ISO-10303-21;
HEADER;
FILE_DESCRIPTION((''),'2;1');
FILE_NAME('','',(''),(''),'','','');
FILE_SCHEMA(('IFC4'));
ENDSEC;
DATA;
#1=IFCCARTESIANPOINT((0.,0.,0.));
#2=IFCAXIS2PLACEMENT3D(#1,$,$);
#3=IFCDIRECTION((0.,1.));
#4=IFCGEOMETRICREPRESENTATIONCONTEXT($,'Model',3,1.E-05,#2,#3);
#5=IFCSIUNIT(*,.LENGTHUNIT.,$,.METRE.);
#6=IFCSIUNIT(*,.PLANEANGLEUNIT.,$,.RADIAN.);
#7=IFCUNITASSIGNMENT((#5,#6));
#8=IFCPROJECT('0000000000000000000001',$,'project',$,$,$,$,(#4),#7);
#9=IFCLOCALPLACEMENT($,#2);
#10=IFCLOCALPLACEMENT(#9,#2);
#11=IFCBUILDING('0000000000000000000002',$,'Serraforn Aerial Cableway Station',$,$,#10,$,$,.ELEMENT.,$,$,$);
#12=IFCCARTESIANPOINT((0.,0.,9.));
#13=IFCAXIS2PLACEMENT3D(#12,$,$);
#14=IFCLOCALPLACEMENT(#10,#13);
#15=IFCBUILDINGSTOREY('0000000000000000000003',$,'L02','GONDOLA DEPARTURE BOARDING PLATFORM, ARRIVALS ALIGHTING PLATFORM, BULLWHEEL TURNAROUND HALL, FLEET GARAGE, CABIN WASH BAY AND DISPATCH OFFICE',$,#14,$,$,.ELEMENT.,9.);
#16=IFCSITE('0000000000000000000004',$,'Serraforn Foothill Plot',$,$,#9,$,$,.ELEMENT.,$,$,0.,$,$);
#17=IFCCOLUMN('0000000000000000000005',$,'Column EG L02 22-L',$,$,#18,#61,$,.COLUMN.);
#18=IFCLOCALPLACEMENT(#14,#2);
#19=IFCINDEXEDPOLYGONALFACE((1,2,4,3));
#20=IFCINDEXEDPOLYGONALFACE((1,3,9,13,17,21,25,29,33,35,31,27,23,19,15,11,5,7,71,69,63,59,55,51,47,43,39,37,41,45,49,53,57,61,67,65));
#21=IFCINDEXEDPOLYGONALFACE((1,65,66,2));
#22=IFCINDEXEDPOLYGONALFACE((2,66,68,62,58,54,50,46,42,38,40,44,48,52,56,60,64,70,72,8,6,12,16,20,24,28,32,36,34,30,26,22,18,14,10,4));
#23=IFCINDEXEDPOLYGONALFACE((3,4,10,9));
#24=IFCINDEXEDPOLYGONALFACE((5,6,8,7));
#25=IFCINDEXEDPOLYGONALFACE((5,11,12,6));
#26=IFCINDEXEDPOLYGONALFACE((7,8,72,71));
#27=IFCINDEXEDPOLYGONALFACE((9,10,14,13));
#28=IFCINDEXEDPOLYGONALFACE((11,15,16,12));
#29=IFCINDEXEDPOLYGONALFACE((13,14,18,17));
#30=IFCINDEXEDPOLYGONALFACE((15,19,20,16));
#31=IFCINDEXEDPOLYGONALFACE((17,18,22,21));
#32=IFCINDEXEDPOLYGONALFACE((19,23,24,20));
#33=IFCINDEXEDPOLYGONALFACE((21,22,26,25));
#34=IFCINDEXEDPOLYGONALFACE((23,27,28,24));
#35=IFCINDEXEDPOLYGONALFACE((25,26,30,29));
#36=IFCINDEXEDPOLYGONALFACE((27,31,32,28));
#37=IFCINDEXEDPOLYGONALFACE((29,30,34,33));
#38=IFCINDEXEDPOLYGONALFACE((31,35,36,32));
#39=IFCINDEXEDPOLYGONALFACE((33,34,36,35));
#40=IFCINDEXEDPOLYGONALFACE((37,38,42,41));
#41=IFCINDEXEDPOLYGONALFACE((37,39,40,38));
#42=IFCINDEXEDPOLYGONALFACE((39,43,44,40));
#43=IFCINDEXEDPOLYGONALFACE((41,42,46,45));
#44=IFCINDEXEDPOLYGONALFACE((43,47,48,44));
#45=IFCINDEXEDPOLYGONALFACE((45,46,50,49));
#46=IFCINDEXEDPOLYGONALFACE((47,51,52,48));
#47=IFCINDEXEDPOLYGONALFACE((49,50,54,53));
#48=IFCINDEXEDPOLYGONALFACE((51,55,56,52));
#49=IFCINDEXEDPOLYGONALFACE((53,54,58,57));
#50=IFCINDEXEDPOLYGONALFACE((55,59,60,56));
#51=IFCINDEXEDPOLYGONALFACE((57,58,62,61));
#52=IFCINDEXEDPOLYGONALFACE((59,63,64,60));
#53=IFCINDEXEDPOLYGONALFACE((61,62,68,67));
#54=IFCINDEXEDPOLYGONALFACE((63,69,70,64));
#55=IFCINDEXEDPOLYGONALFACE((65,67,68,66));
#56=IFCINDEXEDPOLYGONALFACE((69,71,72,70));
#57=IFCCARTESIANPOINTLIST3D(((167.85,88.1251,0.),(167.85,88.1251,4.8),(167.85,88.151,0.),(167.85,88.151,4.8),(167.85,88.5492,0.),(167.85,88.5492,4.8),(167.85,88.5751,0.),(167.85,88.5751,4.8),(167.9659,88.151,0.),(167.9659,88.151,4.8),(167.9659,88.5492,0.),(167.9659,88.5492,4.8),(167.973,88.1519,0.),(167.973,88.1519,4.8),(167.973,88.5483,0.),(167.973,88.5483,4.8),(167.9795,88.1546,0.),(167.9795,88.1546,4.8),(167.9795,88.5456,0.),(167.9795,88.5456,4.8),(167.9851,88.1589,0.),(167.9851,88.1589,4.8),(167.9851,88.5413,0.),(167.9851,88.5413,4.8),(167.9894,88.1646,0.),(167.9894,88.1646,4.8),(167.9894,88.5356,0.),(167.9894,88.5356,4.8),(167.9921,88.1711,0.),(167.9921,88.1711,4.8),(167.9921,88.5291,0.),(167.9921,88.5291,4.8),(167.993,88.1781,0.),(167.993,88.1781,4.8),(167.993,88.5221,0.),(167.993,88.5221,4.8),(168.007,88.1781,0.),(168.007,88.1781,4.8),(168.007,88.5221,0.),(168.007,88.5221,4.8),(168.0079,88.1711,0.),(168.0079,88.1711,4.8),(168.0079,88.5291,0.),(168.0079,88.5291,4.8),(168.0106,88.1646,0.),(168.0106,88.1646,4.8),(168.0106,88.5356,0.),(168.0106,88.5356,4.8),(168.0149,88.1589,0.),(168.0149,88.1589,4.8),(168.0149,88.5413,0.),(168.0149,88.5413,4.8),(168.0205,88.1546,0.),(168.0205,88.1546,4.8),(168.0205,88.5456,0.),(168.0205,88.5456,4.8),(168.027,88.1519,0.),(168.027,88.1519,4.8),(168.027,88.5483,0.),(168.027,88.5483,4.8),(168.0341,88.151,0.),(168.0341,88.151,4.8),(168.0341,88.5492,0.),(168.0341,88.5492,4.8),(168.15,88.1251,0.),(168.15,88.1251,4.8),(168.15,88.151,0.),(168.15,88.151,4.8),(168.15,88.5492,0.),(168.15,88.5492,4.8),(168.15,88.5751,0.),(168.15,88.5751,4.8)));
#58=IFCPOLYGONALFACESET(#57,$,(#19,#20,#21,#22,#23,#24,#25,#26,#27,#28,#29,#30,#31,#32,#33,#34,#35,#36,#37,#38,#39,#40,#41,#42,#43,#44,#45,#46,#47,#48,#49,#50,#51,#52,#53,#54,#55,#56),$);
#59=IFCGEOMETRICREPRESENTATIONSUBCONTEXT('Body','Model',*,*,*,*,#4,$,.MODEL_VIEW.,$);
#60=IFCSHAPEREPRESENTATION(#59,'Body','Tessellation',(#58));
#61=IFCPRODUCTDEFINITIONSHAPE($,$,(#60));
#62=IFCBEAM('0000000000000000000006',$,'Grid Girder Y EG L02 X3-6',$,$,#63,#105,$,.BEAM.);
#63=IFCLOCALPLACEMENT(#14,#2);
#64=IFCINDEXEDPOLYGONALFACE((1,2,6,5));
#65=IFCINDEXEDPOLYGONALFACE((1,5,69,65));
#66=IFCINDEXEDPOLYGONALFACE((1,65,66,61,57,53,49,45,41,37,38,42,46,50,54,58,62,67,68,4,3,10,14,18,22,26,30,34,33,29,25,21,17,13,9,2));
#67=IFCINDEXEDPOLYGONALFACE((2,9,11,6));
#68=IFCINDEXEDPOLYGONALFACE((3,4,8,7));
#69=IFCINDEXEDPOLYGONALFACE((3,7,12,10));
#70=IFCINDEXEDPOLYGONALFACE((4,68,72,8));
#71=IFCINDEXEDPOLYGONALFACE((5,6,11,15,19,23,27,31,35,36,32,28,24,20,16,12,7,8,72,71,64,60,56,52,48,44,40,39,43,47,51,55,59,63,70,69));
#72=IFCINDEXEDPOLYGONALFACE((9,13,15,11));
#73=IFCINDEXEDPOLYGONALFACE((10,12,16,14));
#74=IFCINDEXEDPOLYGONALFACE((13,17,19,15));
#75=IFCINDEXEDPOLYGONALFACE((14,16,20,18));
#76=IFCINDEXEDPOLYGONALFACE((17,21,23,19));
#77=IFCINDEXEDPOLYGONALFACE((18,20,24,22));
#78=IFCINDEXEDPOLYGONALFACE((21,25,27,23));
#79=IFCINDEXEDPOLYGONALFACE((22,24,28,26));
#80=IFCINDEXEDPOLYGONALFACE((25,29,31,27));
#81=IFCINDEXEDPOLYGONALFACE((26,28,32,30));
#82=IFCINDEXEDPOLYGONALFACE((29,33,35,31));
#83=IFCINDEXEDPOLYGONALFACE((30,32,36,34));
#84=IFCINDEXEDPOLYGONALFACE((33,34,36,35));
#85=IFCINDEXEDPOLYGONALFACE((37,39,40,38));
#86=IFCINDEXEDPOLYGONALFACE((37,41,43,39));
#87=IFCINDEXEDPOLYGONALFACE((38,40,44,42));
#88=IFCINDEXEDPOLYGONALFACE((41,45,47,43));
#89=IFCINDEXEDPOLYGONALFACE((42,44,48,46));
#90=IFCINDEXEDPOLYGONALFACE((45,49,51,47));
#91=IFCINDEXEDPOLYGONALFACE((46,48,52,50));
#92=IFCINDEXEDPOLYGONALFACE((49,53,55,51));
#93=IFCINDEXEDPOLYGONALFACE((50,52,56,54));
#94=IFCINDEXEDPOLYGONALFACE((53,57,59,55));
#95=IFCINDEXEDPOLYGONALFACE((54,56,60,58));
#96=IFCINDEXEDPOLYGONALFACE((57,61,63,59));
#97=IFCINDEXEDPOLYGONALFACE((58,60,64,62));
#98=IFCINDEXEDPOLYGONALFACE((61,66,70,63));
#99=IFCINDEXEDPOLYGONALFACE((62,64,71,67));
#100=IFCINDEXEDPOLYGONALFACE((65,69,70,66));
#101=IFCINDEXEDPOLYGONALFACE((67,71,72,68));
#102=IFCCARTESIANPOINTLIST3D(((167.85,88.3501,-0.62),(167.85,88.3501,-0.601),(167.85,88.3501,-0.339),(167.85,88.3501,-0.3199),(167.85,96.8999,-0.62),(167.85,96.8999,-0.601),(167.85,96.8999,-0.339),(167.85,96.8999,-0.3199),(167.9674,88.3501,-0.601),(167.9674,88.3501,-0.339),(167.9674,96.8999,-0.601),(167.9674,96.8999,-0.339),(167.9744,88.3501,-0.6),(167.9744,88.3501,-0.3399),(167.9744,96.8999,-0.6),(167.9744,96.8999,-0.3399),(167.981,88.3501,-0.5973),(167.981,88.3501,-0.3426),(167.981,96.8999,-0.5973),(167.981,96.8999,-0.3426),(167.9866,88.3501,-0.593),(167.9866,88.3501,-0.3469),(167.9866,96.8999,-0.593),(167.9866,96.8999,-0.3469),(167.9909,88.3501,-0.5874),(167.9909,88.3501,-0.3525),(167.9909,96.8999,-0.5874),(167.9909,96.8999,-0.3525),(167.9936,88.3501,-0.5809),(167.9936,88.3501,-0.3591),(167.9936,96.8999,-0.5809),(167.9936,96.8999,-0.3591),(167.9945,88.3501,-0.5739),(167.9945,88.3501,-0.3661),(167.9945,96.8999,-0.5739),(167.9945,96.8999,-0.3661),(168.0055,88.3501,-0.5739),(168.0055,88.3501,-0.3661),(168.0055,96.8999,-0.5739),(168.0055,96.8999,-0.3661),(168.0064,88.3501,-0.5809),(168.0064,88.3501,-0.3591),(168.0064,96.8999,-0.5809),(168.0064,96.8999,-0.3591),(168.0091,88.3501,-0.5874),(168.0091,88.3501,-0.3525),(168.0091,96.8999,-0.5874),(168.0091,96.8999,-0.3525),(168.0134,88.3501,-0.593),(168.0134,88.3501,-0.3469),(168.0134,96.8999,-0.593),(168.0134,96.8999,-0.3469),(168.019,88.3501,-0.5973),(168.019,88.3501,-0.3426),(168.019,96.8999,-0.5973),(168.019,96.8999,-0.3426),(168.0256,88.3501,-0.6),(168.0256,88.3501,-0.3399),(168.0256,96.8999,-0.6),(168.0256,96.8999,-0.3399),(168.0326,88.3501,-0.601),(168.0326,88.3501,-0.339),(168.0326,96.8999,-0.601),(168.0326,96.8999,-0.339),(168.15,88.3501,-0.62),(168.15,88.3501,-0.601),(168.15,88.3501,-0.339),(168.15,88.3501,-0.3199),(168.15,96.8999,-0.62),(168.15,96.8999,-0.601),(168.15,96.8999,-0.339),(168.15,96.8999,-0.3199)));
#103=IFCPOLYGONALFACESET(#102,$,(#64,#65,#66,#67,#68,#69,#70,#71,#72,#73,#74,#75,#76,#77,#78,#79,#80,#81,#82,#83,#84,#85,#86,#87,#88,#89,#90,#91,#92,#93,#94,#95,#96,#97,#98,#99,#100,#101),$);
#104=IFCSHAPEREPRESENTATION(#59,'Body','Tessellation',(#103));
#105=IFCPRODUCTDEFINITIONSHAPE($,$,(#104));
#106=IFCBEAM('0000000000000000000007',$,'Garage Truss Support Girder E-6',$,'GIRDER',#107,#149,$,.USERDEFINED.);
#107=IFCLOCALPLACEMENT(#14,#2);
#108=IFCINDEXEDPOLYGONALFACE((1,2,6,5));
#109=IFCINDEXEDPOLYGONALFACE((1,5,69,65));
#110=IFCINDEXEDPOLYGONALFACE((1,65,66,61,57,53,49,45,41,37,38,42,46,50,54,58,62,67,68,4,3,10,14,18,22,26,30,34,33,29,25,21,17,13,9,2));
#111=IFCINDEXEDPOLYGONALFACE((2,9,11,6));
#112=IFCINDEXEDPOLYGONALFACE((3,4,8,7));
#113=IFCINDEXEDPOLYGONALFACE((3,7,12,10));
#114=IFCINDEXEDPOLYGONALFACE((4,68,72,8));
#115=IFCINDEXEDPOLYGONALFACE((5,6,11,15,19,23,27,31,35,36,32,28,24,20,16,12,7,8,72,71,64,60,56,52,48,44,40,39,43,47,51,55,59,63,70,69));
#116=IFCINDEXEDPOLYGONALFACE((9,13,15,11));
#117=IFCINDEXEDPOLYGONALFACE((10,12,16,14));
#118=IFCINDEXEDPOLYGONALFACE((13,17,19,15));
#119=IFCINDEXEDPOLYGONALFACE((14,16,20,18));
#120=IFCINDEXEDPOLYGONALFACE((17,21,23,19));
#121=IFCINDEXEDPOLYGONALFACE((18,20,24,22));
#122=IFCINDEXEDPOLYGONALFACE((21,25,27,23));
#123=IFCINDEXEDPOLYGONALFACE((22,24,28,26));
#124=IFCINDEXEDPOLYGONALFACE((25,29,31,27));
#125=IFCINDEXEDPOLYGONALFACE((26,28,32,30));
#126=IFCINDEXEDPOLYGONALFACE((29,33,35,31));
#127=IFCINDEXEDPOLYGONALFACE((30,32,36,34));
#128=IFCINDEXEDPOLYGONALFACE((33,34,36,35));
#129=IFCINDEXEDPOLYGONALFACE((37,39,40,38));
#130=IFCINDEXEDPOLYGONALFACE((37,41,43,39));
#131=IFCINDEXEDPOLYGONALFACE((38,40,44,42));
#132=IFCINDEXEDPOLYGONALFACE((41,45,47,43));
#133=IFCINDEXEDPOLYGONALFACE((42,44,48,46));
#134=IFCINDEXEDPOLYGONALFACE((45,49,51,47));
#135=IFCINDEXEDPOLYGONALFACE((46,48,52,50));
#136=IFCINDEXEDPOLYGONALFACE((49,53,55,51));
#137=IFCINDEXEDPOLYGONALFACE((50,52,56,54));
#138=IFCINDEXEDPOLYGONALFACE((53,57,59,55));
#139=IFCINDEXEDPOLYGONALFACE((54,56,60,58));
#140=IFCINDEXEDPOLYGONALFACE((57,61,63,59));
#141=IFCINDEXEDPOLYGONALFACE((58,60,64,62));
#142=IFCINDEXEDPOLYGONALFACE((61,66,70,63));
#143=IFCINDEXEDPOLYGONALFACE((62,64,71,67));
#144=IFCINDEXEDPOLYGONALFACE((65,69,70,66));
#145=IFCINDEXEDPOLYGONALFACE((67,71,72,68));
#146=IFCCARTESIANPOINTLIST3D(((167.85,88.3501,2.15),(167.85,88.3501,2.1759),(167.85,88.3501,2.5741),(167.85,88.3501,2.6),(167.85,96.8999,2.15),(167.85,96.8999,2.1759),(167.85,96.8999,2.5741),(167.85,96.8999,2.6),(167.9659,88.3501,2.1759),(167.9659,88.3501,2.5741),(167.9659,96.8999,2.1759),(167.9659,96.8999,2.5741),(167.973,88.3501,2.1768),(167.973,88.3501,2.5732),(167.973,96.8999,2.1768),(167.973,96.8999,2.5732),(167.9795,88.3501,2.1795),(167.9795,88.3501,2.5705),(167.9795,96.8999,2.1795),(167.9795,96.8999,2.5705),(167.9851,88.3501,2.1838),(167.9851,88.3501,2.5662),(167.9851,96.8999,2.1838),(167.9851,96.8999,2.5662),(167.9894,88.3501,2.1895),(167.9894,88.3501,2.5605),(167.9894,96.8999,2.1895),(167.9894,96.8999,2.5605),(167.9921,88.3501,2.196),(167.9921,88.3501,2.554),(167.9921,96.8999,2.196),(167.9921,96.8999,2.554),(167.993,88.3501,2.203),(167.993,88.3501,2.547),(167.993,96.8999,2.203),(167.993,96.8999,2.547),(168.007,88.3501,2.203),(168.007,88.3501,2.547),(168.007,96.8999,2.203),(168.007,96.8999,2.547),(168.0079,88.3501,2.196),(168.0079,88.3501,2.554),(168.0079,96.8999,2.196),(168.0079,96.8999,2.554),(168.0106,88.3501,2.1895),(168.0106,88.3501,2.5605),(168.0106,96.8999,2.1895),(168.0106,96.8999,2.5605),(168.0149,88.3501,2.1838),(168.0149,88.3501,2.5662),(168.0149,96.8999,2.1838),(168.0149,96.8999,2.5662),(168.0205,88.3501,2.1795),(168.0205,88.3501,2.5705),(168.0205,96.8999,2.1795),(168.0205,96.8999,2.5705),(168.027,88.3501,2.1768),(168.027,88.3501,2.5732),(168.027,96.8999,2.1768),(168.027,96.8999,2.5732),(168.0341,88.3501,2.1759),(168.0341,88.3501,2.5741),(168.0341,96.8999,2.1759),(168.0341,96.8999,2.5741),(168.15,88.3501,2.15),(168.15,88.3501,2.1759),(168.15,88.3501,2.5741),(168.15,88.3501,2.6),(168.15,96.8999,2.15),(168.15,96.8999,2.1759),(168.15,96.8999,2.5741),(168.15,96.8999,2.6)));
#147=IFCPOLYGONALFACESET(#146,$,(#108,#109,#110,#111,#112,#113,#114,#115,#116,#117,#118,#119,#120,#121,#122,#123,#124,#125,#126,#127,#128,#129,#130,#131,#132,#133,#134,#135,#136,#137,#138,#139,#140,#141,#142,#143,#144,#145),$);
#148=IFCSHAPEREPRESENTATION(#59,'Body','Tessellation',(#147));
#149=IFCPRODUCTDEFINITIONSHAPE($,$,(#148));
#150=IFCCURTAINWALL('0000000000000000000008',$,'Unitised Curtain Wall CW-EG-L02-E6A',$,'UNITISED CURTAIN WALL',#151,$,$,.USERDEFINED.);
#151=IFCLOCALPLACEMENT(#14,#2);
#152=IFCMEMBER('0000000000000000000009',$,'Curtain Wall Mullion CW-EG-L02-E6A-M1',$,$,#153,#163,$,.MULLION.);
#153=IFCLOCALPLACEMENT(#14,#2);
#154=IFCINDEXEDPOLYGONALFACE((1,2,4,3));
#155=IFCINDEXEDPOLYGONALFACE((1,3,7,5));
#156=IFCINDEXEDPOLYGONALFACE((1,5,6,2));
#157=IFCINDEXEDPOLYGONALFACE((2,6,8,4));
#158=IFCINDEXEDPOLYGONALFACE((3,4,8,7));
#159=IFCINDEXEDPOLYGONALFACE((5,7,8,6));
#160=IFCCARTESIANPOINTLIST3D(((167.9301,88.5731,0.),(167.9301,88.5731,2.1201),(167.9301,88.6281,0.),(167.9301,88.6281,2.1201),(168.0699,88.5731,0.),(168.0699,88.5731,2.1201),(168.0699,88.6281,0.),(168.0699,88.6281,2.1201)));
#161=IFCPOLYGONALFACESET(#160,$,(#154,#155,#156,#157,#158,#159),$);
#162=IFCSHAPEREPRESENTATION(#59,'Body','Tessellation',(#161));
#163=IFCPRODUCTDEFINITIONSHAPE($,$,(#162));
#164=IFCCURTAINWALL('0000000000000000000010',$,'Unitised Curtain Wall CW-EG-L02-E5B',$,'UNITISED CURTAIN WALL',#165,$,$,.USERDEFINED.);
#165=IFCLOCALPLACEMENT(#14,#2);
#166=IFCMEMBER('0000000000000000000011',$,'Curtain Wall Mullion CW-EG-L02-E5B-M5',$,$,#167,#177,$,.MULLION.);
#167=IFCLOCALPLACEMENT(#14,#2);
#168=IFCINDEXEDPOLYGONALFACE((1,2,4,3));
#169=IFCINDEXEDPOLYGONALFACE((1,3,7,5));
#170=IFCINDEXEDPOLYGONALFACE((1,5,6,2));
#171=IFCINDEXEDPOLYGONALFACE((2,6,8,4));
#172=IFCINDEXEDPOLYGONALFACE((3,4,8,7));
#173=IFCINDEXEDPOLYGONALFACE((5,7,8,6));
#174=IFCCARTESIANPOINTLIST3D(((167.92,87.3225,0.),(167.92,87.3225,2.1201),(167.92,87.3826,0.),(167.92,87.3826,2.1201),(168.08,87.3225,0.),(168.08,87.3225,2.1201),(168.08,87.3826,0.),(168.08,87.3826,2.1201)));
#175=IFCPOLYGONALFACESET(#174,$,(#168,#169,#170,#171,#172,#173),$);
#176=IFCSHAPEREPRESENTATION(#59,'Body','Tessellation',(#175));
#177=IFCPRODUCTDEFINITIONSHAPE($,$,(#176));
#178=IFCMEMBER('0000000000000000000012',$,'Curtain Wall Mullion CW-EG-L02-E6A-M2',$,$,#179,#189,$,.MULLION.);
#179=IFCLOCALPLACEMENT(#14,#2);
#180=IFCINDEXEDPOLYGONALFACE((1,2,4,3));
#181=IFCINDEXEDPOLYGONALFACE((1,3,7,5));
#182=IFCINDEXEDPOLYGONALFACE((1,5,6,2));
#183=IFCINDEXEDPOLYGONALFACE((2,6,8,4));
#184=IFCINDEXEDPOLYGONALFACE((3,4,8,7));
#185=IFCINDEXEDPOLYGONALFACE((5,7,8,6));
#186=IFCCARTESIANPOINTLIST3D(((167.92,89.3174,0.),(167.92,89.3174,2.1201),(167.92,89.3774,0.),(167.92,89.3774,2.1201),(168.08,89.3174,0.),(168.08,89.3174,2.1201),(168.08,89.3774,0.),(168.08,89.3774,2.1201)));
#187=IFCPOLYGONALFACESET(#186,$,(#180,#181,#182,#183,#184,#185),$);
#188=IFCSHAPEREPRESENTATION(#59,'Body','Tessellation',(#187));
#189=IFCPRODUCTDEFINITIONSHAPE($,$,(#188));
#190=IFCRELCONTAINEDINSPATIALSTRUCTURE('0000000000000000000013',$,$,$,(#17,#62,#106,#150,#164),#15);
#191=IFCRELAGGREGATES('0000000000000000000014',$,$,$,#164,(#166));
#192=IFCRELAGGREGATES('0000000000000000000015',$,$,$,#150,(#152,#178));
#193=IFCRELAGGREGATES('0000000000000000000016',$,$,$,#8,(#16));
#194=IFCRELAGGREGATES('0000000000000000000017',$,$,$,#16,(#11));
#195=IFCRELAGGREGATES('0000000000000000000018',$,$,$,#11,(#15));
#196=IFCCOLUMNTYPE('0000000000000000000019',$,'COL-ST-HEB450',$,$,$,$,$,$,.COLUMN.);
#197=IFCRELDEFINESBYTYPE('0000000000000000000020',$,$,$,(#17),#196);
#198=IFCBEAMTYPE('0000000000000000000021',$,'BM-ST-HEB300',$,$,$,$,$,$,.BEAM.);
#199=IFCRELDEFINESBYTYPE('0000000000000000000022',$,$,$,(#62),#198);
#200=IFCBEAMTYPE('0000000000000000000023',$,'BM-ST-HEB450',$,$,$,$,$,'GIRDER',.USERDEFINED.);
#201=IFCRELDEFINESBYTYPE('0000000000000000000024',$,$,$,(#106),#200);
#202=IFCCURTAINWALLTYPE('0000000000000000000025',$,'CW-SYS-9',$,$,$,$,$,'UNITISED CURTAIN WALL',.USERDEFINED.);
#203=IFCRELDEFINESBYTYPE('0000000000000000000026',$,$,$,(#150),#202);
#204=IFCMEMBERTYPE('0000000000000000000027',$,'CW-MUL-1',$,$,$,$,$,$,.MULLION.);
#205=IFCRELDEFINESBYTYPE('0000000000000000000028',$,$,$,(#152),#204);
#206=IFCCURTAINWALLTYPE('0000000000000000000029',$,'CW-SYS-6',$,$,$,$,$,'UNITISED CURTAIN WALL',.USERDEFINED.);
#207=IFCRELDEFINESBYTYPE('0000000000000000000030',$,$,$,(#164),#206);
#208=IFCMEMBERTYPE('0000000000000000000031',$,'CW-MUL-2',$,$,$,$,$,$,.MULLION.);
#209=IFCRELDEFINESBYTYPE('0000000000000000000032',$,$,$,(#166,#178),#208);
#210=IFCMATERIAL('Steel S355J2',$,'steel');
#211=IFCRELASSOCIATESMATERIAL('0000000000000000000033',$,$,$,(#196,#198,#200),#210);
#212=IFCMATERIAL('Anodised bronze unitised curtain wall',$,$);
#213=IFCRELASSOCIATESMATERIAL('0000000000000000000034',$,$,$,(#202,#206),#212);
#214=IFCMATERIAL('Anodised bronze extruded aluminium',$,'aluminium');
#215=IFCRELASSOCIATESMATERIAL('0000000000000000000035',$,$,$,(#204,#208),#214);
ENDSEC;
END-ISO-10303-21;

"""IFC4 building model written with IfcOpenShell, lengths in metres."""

from ifc_helpers import new_model, si_unit, direction, frame, origin, origin_2d, place, context, subcontext, project, spatial, rectangle, i_section, extrude, material, material_profile, profile_set, type_object, element, aggregate, save


model = new_model("IFC4")

# Units and contexts
model_context = context("Model", 3, precision=1e-05, world=origin(), true_north=direction((0.0, 1.0)))
body_context = subcontext(model_context, "Body", "Model", "MODEL_VIEW")
ifc_project = project(units=[si_unit("LENGTHUNIT", "METRE"), si_unit("PLANEANGLEUNIT", "RADIAN")], contexts=[model_context])

# Site, building, storey
site_placement = place(None, origin())
site = spatial("IfcSite", under=ifc_project, at=site_placement, Name="Serraforn Foothill Plot", CompositionType="ELEMENT", RefElevation=0.0)
building_placement = place(site_placement, origin())
building = spatial("IfcBuilding", under=site, at=building_placement, Name="Serraforn Aerial Cableway Station", CompositionType="ELEMENT")
storey_placement = place(building_placement, frame((0.0, 0.0, 9.0)))
storey = spatial("IfcBuildingStorey", under=building, at=storey_placement, Name="L02", Description="GONDOLA DEPARTURE BOARDING PLATFORM, ARRIVALS ALIGHTING PLATFORM, BULLWHEEL TURNAROUND HALL, FLEET GARAGE, CABIN WASH BAY AND DISPATCH OFFICE", CompositionType="ELEMENT", Elevation=9.0)

# Column
ifc_material_1 = material(Name="Steel S355J2", Category="steel")
ifc_material_profile_1 = material_profile(ifc_material_1, i_section(OverallWidth=0.3, OverallDepth=0.45, WebThickness=0.0139, FlangeThickness=0.0259, FilletRadius=0.0271, at=origin_2d()), Name="HEB 450")
ifc_profile_set_1 = profile_set([ifc_material_profile_1], Name="Steel S355J2")
column_type = type_object("IfcColumnType", Name="COL-ST-HEB450", PredefinedType="COLUMN", material=ifc_profile_set_1)
column_placement = place(storey_placement, frame((168.0, 88.3501, 0.0), z_axis=(0.0, 0.0, 1.0), x_axis=(1.0, 0.0, 0.0)))
element("IfcColumn", 1, at=column_placement, inside=storey, type_object=column_type, Name="Column EG L02 22-L", PredefinedType="COLUMN", context=body_context, shape_type="SweptSolid", body=[
    extrude(i_section(OverallWidth=0.3, OverallDepth=0.45, WebThickness=0.0139, FlangeThickness=0.0259, FilletRadius=0.0271, at=origin_2d()), origin(), (0.0, 0.0, 1.0), 4.8),
])

# Beams
ifc_material_profile_2 = material_profile(ifc_material_1, i_section(OverallWidth=0.3, OverallDepth=0.3, WebThickness=0.011, FlangeThickness=0.019, FilletRadius=0.0271, at=origin_2d()), Name="HEB 300")
ifc_profile_set_2 = profile_set([ifc_material_profile_2], Name="Steel S355J2")
beam_type_1 = type_object("IfcBeamType", Name="BM-ST-HEB300", PredefinedType="BEAM", material=ifc_profile_set_2)
beam_1_placement = place(storey_placement, frame((168.0, 88.3501, -0.47), z_axis=(0.0, 1.0, 0.0), x_axis=(-1.0, 0.0, 0.0)))
element("IfcBeam", 2, at=beam_1_placement, inside=storey, type_object=beam_type_1, Name="Grid Girder Y EG L02 X3-6", PredefinedType="BEAM", context=body_context, shape_type="SweptSolid", body=[
    extrude(i_section(OverallWidth=0.3, OverallDepth=0.3, WebThickness=0.011, FlangeThickness=0.019, FilletRadius=0.0271, at=origin_2d()), origin(), (0.0, 0.0, 1.0), 8.5498),
])
ifc_material_profile_3 = material_profile(ifc_material_1, i_section(OverallWidth=0.3, OverallDepth=0.45, WebThickness=0.0139, FlangeThickness=0.0259, FilletRadius=0.0271, at=origin_2d()), Name="HEB 450")
ifc_profile_set_3 = profile_set([ifc_material_profile_3], Name="Steel S355J2")
beam_type_2 = type_object("IfcBeamType", Name="BM-ST-HEB450", ElementType="GIRDER", PredefinedType="USERDEFINED", material=ifc_profile_set_3)
beam_2_placement = place(storey_placement, frame((168.0, 88.3501, 2.375), z_axis=(0.0, 1.0, 0.0), x_axis=(-1.0, 0.0, 0.0)))
element("IfcBeam", 3, at=beam_2_placement, inside=storey, type_object=beam_type_2, Name="Garage Truss Support Girder E-6", ObjectType="GIRDER", PredefinedType="USERDEFINED", context=body_context, shape_type="SweptSolid", body=[
    extrude(i_section(OverallWidth=0.3, OverallDepth=0.45, WebThickness=0.0139, FlangeThickness=0.0259, FilletRadius=0.0271, at=origin_2d()), origin(), (0.0, 0.0, 1.0), 8.5498),
])

# Curtain walls, members
ifc_material_2 = material(Name="Anodised bronze unitised curtain wall")
curtain_wall_type_1 = type_object("IfcCurtainWallType", Name="CW-SYS-9", ElementType="UNITISED CURTAIN WALL", PredefinedType="USERDEFINED", material=ifc_material_2)
curtain_wall_1_placement = place(storey_placement, origin())
curtain_wall_1 = element("IfcCurtainWall", 4, at=curtain_wall_1_placement, inside=storey, type_object=curtain_wall_type_1, Name="Unitised Curtain Wall CW-EG-L02-E6A", ObjectType="UNITISED CURTAIN WALL", PredefinedType="USERDEFINED")
ifc_material_3 = material(Name="Anodised bronze extruded aluminium", Category="aluminium")
ifc_material_profile_4 = material_profile(ifc_material_3, rectangle(XDim=0.0549, YDim=0.1399, at=origin_2d()), Name="CW MULLION 55x140")
ifc_profile_set_4 = profile_set([ifc_material_profile_4], Name="Anodised bronze extruded aluminium")
member_type_1 = type_object("IfcMemberType", Name="CW-MUL-1", PredefinedType="MULLION", material=ifc_profile_set_4)
member_1_placement = place(storey_placement, frame((168.0, 88.6006, 0.0), z_axis=(0.0, 0.0, 1.0), x_axis=(0.0, 1.0, 0.0)))
member_1 = element("IfcMember", 5, at=member_1_placement, type_object=member_type_1, Name="Curtain Wall Mullion CW-EG-L02-E6A-M1", PredefinedType="MULLION", context=body_context, shape_type="SweptSolid", body=[
    extrude(rectangle(XDim=0.0549, YDim=0.1399, at=origin_2d()), origin(), (0.0, 0.0, 1.0), 2.1201),
])
curtain_wall_type_2 = type_object("IfcCurtainWallType", Name="CW-SYS-6", ElementType="UNITISED CURTAIN WALL", PredefinedType="USERDEFINED", material=ifc_material_2)
curtain_wall_2_placement = place(storey_placement, origin())
curtain_wall_2 = element("IfcCurtainWall", 6, at=curtain_wall_2_placement, inside=storey, type_object=curtain_wall_type_2, Name="Unitised Curtain Wall CW-EG-L02-E5B", ObjectType="UNITISED CURTAIN WALL", PredefinedType="USERDEFINED")
ifc_material_profile_5 = material_profile(ifc_material_3, rectangle(XDim=0.0601, YDim=0.1599, at=origin_2d()), Name="CW MULLION 60x160")
ifc_profile_set_5 = profile_set([ifc_material_profile_5], Name="Anodised bronze extruded aluminium")
member_type_2 = type_object("IfcMemberType", Name="CW-MUL-2", PredefinedType="MULLION", material=ifc_profile_set_5)
member_2_placement = place(storey_placement, frame((168.0, 87.3525, 0.0), z_axis=(0.0, 0.0, 1.0), x_axis=(0.0, 1.0, 0.0)))
member_2 = element("IfcMember", 7, at=member_2_placement, type_object=member_type_2, Name="Curtain Wall Mullion CW-EG-L02-E5B-M5", PredefinedType="MULLION", context=body_context, shape_type="SweptSolid", body=[
    extrude(rectangle(XDim=0.0601, YDim=0.1599, at=origin_2d()), origin(), (0.0, 0.0, 1.0), 2.1201),
])

# Member
member_3_placement = place(storey_placement, frame((168.0, 89.3474, 0.0), z_axis=(0.0, 0.0, 1.0), x_axis=(0.0, 1.0, 0.0)))
member_3 = element("IfcMember", 8, at=member_3_placement, type_object=member_type_2, Name="Curtain Wall Mullion CW-EG-L02-E6A-M2", PredefinedType="MULLION", context=body_context, shape_type="SweptSolid", body=[
    extrude(rectangle(XDim=0.0601, YDim=0.1599, at=origin_2d()), origin(), (0.0, 0.0, 1.0), 2.1201),
])

aggregate(curtain_wall_2, [member_2])
aggregate(curtain_wall_1, [member_1, member_3])

save(model, "model.ifc")
